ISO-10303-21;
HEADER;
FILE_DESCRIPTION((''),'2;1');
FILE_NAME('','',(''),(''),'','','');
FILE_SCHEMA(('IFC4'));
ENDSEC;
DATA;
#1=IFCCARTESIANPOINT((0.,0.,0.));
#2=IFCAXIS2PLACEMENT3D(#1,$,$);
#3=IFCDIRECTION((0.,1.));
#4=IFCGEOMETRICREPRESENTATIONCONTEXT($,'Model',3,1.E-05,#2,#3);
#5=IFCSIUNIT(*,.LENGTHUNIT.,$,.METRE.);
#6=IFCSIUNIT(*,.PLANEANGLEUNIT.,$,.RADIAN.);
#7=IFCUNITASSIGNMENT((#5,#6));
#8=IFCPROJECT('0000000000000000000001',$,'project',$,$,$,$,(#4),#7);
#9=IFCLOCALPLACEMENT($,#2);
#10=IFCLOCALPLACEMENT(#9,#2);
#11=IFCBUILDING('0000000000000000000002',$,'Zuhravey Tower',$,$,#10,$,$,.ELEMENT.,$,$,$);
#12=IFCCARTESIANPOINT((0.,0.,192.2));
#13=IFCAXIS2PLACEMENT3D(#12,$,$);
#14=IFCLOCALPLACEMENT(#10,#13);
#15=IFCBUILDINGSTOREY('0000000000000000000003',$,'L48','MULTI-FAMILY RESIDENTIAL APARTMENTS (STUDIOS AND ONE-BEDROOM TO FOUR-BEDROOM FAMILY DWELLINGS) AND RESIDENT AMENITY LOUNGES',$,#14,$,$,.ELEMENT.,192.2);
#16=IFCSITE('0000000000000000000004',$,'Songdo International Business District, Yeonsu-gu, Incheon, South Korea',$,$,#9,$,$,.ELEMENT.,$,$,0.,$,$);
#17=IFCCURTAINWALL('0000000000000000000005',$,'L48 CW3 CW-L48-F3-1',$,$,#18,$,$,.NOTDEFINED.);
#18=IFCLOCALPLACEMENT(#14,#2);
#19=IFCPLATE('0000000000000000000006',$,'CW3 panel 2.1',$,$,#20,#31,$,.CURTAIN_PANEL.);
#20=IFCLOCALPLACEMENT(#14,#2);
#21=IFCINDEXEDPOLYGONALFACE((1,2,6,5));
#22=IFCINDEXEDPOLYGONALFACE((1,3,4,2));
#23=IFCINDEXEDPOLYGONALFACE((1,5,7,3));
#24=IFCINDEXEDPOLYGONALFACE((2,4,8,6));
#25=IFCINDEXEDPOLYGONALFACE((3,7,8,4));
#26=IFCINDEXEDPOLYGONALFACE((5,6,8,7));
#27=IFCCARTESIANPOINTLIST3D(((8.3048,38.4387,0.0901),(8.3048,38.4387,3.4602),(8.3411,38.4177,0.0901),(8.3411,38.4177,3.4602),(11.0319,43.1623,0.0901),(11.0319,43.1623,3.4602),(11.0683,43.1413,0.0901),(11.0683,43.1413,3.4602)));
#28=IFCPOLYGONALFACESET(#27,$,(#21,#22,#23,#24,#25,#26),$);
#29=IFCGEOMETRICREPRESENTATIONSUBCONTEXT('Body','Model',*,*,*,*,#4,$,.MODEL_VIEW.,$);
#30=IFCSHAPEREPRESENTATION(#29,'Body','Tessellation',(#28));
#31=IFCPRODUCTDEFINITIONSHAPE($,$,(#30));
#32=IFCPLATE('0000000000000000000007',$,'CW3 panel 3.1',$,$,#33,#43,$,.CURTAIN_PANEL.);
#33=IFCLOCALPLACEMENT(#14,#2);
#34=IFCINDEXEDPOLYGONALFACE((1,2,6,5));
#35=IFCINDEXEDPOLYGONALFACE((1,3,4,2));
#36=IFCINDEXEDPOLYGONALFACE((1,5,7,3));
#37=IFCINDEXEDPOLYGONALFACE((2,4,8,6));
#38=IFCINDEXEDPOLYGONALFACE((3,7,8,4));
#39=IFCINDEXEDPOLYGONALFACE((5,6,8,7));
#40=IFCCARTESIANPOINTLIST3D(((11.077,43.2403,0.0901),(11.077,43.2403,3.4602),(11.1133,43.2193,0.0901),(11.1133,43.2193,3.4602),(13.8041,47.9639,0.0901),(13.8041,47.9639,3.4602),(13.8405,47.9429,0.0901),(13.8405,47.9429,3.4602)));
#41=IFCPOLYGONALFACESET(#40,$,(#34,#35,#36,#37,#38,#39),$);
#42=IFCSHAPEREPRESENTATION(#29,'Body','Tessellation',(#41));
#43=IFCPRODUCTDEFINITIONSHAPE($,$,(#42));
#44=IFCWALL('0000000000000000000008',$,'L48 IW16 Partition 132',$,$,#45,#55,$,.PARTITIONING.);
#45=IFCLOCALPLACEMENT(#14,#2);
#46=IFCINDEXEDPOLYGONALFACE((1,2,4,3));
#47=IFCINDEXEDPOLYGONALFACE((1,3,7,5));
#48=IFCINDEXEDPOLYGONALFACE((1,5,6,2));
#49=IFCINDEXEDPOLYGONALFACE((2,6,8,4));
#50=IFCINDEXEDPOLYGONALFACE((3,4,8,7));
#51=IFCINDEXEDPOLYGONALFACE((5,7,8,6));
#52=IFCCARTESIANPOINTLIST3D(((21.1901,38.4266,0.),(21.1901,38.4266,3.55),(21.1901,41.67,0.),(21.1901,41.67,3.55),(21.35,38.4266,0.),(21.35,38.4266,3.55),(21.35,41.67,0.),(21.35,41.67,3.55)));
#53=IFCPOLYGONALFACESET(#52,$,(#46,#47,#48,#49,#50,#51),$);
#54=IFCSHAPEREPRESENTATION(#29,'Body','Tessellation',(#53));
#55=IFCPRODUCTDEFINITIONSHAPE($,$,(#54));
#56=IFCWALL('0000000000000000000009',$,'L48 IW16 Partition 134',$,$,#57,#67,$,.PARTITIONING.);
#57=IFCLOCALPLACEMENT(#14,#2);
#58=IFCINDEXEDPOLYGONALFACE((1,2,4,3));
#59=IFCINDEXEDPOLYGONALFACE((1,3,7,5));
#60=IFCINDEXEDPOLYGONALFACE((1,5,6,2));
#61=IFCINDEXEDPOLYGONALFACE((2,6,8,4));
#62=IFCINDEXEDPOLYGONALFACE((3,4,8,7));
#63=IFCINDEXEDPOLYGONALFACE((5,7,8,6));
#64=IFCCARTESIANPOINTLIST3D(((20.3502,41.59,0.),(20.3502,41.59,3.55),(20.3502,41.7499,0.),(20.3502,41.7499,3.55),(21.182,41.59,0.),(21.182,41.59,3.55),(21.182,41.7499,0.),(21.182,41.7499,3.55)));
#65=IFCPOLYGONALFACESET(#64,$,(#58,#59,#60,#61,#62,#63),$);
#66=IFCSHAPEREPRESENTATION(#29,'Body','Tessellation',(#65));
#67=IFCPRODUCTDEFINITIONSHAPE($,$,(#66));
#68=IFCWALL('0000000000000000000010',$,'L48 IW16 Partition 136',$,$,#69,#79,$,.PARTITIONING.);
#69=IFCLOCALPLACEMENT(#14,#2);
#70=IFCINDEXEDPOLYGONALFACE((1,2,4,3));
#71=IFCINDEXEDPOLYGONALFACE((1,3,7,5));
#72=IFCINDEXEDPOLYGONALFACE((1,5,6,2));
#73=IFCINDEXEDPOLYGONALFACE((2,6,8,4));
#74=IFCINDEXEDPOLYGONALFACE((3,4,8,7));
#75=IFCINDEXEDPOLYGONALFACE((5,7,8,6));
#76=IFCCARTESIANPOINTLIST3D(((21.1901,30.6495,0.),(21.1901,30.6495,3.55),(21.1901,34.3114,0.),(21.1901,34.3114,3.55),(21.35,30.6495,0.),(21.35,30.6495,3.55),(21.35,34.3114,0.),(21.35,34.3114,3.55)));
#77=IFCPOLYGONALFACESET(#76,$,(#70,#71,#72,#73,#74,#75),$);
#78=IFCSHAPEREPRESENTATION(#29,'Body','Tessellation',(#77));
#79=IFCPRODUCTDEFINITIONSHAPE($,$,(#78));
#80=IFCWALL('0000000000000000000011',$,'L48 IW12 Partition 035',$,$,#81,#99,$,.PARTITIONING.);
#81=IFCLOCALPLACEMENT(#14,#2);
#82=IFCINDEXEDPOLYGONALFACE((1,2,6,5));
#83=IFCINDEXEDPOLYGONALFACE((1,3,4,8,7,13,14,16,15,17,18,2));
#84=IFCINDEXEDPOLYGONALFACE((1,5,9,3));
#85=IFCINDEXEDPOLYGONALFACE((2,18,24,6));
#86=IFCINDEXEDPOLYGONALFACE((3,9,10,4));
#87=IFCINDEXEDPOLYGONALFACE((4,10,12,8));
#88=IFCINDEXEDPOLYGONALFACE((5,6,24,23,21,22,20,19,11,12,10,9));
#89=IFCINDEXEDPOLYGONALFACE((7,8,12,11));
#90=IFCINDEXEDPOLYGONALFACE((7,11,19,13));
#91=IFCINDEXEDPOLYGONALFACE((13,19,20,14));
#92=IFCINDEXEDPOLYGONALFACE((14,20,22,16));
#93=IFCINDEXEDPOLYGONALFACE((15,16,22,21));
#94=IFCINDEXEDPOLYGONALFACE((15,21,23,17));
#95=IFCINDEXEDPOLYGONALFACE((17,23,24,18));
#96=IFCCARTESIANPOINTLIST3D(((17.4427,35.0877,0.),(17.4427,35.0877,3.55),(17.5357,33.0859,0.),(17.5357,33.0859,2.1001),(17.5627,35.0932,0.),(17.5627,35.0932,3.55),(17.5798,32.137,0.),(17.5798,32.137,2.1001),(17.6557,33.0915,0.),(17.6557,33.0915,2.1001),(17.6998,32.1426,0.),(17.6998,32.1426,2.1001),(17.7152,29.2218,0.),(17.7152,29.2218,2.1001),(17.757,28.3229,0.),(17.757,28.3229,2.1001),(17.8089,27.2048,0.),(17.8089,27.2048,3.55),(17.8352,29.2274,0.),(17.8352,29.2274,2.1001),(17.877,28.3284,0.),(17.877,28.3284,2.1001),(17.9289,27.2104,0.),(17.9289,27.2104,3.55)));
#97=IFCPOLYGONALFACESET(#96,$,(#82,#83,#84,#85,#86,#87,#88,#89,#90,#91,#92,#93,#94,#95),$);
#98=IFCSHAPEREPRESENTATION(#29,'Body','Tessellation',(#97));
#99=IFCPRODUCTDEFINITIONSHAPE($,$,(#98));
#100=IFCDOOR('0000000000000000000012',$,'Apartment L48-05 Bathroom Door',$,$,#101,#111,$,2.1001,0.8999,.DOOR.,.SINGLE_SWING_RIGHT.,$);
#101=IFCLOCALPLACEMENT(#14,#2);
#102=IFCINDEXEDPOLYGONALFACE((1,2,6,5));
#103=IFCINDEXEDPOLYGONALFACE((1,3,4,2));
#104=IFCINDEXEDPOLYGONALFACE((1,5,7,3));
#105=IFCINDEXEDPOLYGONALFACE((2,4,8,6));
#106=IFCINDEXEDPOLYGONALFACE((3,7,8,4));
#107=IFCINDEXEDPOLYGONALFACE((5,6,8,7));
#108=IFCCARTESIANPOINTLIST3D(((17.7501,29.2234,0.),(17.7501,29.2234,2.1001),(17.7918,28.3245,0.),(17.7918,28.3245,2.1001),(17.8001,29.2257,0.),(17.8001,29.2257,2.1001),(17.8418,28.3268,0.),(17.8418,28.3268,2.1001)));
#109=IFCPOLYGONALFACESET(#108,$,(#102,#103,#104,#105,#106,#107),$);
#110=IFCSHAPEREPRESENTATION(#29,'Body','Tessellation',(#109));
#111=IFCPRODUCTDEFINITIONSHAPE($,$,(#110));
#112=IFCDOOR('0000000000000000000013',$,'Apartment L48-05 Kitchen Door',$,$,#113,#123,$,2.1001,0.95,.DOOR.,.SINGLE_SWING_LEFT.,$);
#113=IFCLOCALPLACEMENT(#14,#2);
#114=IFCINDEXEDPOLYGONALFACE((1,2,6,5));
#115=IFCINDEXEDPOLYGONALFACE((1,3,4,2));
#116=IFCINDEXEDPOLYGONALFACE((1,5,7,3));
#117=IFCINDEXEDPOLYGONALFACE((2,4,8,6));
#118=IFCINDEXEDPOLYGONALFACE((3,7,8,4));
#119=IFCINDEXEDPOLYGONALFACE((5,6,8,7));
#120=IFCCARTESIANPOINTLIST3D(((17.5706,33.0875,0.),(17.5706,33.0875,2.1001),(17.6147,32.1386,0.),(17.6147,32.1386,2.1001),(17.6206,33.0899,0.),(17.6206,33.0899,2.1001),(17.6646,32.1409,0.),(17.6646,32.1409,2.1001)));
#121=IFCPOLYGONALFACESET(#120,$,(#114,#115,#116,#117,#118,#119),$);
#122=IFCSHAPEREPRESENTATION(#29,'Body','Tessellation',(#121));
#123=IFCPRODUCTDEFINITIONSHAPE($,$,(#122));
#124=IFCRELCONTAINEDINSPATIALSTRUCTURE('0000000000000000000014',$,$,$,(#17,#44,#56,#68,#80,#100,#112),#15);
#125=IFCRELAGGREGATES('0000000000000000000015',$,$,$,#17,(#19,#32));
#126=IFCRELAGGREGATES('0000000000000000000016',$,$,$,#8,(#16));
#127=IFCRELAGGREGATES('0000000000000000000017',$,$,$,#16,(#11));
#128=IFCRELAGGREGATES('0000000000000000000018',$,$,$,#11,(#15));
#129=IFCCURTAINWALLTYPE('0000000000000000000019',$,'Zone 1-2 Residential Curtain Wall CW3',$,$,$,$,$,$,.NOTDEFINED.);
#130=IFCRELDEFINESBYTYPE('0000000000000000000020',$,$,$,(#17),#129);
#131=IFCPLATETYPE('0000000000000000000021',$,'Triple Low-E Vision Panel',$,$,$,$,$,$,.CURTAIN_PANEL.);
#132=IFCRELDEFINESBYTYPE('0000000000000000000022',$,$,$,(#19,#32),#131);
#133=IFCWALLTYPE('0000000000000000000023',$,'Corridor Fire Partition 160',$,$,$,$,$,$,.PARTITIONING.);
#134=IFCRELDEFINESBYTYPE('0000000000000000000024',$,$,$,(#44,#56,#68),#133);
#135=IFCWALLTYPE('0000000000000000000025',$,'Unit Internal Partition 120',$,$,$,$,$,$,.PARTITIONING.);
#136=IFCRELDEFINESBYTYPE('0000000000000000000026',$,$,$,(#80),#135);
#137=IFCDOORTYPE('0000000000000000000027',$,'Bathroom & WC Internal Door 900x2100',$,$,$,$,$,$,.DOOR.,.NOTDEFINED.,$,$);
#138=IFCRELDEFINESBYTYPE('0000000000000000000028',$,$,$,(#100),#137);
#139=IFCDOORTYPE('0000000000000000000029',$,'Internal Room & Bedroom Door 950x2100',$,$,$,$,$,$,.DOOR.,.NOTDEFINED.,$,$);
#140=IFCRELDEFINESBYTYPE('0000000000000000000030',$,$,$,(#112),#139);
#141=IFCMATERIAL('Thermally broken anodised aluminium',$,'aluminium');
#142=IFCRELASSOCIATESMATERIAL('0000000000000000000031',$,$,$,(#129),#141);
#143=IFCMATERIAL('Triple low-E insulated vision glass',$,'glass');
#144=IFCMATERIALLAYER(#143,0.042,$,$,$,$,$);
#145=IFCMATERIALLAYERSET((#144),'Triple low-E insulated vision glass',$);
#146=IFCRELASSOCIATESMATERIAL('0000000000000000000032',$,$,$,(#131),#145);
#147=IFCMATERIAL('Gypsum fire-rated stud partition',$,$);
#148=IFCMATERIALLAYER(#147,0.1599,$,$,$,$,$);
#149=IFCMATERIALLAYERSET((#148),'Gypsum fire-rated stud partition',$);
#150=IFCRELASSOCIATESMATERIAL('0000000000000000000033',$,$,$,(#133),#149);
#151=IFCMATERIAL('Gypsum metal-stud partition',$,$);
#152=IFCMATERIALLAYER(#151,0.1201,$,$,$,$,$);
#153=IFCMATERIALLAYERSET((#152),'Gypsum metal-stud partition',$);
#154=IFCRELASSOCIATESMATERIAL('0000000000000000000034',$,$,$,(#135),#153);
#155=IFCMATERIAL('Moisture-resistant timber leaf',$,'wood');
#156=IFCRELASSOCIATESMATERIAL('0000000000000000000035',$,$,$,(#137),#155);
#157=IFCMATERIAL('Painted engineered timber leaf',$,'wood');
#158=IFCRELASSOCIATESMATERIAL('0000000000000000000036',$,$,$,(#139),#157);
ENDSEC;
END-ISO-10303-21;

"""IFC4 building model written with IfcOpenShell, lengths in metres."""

from ifc_helpers import new_model, si_unit, direction, frame, frame_2d, origin, origin_2d, place, context, subcontext, project, spatial, rectangle, extrude, material, layer, layer_set, type_object, element, fill, aggregate, save


model = new_model("IFC4")

# Units and contexts
model_context = context("Model", 3, precision=1e-05, world=origin(), true_north=direction((0.0, 1.0)))
body_context = subcontext(model_context, "Body", "Model", "MODEL_VIEW")
ifc_project = project(units=[si_unit("LENGTHUNIT", "METRE"), si_unit("PLANEANGLEUNIT", "RADIAN")], contexts=[model_context])

# Site, building, storey
site_placement = place(None, origin())
site = spatial("IfcSite", under=ifc_project, at=site_placement, Name="Songdo International Business District, Yeonsu-gu, Incheon, South Korea", CompositionType="ELEMENT", RefElevation=0.0)
building_placement = place(site_placement, origin())
building = spatial("IfcBuilding", under=site, at=building_placement, Name="Zuhravey Tower", CompositionType="ELEMENT")
storey_placement = place(building_placement, frame((0.0, 0.0, 192.2)))
storey = spatial("IfcBuildingStorey", under=building, at=storey_placement, Name="L48", Description="MULTI-FAMILY RESIDENTIAL APARTMENTS (STUDIOS AND ONE-BEDROOM TO FOUR-BEDROOM FAMILY DWELLINGS) AND RESIDENT AMENITY LOUNGES", CompositionType="ELEMENT", Elevation=192.2)

# Curtain wall
ifc_material_1 = material(Name="Thermally broken anodised aluminium", Category="aluminium")
curtain_wall_type = type_object("IfcCurtainWallType", Name="Zone 1-2 Residential Curtain Wall CW3", PredefinedType="NOTDEFINED", material=ifc_material_1)
curtain_wall_placement = place(storey_placement, origin())
curtain_wall = element("IfcCurtainWall", 1, at=curtain_wall_placement, inside=storey, type_object=curtain_wall_type, Name="L48 CW3 CW-L48-F3-1", PredefinedType="NOTDEFINED")

# Plates
ifc_material_2 = material(Name="Triple low-E insulated vision glass", Category="glass")
ifc_layer_1 = layer(ifc_material_2, 0.042)
ifc_layer_set_1 = layer_set([ifc_layer_1], Name="Triple low-E insulated vision glass")
plate_type_1 = type_object("IfcPlateType", Name="Triple Low-E Vision Panel", PredefinedType="CURTAIN_PANEL", material=ifc_layer_set_1)
plate_1_placement = place(storey_placement, frame((9.6865, 40.79, 0.0901), z_axis=(0.0, 0.0, 1.0), x_axis=(0.5, 0.866025, 0.0)))
plate_1 = element("IfcPlate", 2, at=plate_1_placement, type_object=plate_type_1, Name="CW3 panel 2.1", PredefinedType="CURTAIN_PANEL", context=body_context, shape_type="SweptSolid", body=[
    extrude(rectangle(XDim=5.4543, YDim=0.042, at=origin_2d()), origin(), (0.0, 0.0, 1.0), 3.3701),
])
plate_2_placement = place(storey_placement, frame((12.4587, 45.5916, 0.0901), z_axis=(0.0, 0.0, 1.0), x_axis=(0.5, 0.866025, 0.0)))
plate_2 = element("IfcPlate", 3, at=plate_2_placement, type_object=plate_type_1, Name="CW3 panel 3.1", PredefinedType="CURTAIN_PANEL", context=body_context, shape_type="SweptSolid", body=[
    extrude(rectangle(XDim=5.4543, YDim=0.042, at=origin_2d()), origin(), (0.0, 0.0, 1.0), 3.3701),
])
aggregate(curtain_wall, [plate_1, plate_2])

# Shared definitions
ifc_material_3 = material(Name="Gypsum fire-rated stud partition")
ifc_layer_2 = layer(ifc_material_3, 0.1599)
ifc_layer_set_2 = layer_set([ifc_layer_2], Name="Gypsum fire-rated stud partition")
wall_type_1 = type_object("IfcWallType", Name="Corridor Fire Partition 160", PredefinedType="PARTITIONING", material=ifc_layer_set_2)

# Walls
wall_1_placement = place(storey_placement, frame((21.27, 41.6699, 0.0), z_axis=(0.0, 0.0, 1.0), x_axis=(0.0, -1.0, 0.0)))
element("IfcWall", 4, at=wall_1_placement, inside=storey, type_object=wall_type_1, Name="L48 IW16 Partition 132", PredefinedType="PARTITIONING", context=body_context, shape_type="SweptSolid", body=[
    extrude(rectangle(XDim=3.2434, YDim=0.1599, at=frame_2d((1.6216, 0.0))), origin(), (0.0, 0.0, 1.0), 3.55),
])
wall_2_placement = place(storey_placement, frame((20.3501, 41.6699, 0.0), z_axis=(0.0, 0.0, 1.0), x_axis=(1.0, 0.0, 0.0)))
element("IfcWall", 5, at=wall_2_placement, inside=storey, type_object=wall_type_1, Name="L48 IW16 Partition 134", PredefinedType="PARTITIONING", context=body_context, shape_type="SweptSolid", body=[
    extrude(rectangle(XDim=0.8318, YDim=0.1599, at=frame_2d((0.416, 0.0))), origin(), (0.0, 0.0, 1.0), 3.55),
])
wall_3_placement = place(storey_placement, frame((21.27, 34.3115, 0.0), z_axis=(0.0, 0.0, 1.0), x_axis=(0.0, -1.0, 0.0)))
element("IfcWall", 6, at=wall_3_placement, inside=storey, type_object=wall_type_1, Name="L48 IW16 Partition 136", PredefinedType="PARTITIONING", context=body_context, shape_type="SweptSolid", body=[
    extrude(rectangle(XDim=3.6619, YDim=0.1599, at=frame_2d((1.8311, 0.0))), origin(), (0.0, 0.0, 1.0), 3.55),
])

# Wall, openings, doors
ifc_material_4 = material(Name="Gypsum metal-stud partition")
ifc_layer_3 = layer(ifc_material_4, 0.1201)
ifc_layer_set_3 = layer_set([ifc_layer_3], Name="Gypsum metal-stud partition")
wall_type_2 = type_object("IfcWallType", Name="Unit Internal Partition 120", PredefinedType="PARTITIONING", material=ifc_layer_set_3)
wall_4_placement = place(storey_placement, frame((17.5027, 35.0906, 0.0), z_axis=(0.0, 0.0, 1.0), x_axis=(0.046407, -0.998923, 0.0)))
wall_4 = element("IfcWall", 7, at=wall_4_placement, inside=storey, type_object=wall_type_2, Name="L48 IW12 Partition 035", PredefinedType="PARTITIONING", context=body_context, shape_type="SweptSolid", body=[
    extrude(rectangle(XDim=7.8914, YDim=0.1201, at=frame_2d((3.9458, 0.0))), origin(), (0.0, 0.0, 1.0), 3.55),
])
opening_1_placement = place(wall_4_placement, frame((2.0039, 0.0, 0.0)))
opening_1 = element("IfcOpeningElement", 8, at=opening_1_placement, cuts=wall_4, PredefinedType="OPENING", context=body_context, shape_type="SweptSolid", body=[
    extrude(rectangle(XDim=0.95, YDim=2.1001, at=frame_2d((0.4751, 1.05))), frame((0.0, 0.072, 0.0), z_axis=(0.0, -1.0, 0.0), x_axis=(1.0, 0.0, 0.0)), (0.0, 0.0, 1.0), 0.144),
])
opening_2_placement = place(wall_4_placement, frame((5.8723, 0.0, 0.0)))
opening_2 = element("IfcOpeningElement", 9, at=opening_2_placement, cuts=wall_4, PredefinedType="OPENING", context=body_context, shape_type="SweptSolid", body=[
    extrude(rectangle(XDim=0.8999, YDim=2.1001, at=frame_2d((0.45, 1.05))), frame((0.0, 0.072, 0.0), z_axis=(0.0, -1.0, 0.0), x_axis=(1.0, 0.0, 0.0)), (0.0, 0.0, 1.0), 0.144),
])
ifc_material_5 = material(Name="Moisture-resistant timber leaf", Category="wood")
door_type_1 = type_object("IfcDoorType", Name="Bathroom & WC Internal Door 900x2100", OperationType="NOTDEFINED", PredefinedType="DOOR", material=ifc_material_5)
door_1_placement = place(opening_2_placement, origin())
door_1 = element("IfcDoor", 10, at=door_1_placement, inside=storey, type_object=door_type_1, Name="Apartment L48-05 Bathroom Door", OperationType="SINGLE_SWING_RIGHT", OverallHeight=2.1001, OverallWidth=0.8999, PredefinedType="DOOR", context=body_context, shape_type="SweptSolid", body=[
    extrude(rectangle(XDim=0.8999, YDim=2.1001, at=frame_2d((0.45, 1.05))), frame((0.0, 0.0249, 0.0), z_axis=(0.0, -1.0, 0.0), x_axis=(1.0, 0.0, 0.0)), (0.0, 0.0, 1.0), 0.05),
])
fill(opening_2, door_1)
ifc_material_6 = material(Name="Painted engineered timber leaf", Category="wood")
door_type_2 = type_object("IfcDoorType", Name="Internal Room & Bedroom Door 950x2100", OperationType="NOTDEFINED", PredefinedType="DOOR", material=ifc_material_6)
door_2_placement = place(opening_1_placement, origin())
door_2 = element("IfcDoor", 11, at=door_2_placement, inside=storey, type_object=door_type_2, Name="Apartment L48-05 Kitchen Door", OperationType="SINGLE_SWING_LEFT", OverallHeight=2.1001, OverallWidth=0.95, PredefinedType="DOOR", context=body_context, shape_type="SweptSolid", body=[
    extrude(rectangle(XDim=0.95, YDim=2.1001, at=frame_2d((0.4751, 1.05))), frame((0.0, 0.0249, 0.0), z_axis=(0.0, -1.0, 0.0), x_axis=(1.0, 0.0, 0.0)), (0.0, 0.0, 1.0), 0.05),
])
fill(opening_1, door_2)

save(model, "model.ifc")
